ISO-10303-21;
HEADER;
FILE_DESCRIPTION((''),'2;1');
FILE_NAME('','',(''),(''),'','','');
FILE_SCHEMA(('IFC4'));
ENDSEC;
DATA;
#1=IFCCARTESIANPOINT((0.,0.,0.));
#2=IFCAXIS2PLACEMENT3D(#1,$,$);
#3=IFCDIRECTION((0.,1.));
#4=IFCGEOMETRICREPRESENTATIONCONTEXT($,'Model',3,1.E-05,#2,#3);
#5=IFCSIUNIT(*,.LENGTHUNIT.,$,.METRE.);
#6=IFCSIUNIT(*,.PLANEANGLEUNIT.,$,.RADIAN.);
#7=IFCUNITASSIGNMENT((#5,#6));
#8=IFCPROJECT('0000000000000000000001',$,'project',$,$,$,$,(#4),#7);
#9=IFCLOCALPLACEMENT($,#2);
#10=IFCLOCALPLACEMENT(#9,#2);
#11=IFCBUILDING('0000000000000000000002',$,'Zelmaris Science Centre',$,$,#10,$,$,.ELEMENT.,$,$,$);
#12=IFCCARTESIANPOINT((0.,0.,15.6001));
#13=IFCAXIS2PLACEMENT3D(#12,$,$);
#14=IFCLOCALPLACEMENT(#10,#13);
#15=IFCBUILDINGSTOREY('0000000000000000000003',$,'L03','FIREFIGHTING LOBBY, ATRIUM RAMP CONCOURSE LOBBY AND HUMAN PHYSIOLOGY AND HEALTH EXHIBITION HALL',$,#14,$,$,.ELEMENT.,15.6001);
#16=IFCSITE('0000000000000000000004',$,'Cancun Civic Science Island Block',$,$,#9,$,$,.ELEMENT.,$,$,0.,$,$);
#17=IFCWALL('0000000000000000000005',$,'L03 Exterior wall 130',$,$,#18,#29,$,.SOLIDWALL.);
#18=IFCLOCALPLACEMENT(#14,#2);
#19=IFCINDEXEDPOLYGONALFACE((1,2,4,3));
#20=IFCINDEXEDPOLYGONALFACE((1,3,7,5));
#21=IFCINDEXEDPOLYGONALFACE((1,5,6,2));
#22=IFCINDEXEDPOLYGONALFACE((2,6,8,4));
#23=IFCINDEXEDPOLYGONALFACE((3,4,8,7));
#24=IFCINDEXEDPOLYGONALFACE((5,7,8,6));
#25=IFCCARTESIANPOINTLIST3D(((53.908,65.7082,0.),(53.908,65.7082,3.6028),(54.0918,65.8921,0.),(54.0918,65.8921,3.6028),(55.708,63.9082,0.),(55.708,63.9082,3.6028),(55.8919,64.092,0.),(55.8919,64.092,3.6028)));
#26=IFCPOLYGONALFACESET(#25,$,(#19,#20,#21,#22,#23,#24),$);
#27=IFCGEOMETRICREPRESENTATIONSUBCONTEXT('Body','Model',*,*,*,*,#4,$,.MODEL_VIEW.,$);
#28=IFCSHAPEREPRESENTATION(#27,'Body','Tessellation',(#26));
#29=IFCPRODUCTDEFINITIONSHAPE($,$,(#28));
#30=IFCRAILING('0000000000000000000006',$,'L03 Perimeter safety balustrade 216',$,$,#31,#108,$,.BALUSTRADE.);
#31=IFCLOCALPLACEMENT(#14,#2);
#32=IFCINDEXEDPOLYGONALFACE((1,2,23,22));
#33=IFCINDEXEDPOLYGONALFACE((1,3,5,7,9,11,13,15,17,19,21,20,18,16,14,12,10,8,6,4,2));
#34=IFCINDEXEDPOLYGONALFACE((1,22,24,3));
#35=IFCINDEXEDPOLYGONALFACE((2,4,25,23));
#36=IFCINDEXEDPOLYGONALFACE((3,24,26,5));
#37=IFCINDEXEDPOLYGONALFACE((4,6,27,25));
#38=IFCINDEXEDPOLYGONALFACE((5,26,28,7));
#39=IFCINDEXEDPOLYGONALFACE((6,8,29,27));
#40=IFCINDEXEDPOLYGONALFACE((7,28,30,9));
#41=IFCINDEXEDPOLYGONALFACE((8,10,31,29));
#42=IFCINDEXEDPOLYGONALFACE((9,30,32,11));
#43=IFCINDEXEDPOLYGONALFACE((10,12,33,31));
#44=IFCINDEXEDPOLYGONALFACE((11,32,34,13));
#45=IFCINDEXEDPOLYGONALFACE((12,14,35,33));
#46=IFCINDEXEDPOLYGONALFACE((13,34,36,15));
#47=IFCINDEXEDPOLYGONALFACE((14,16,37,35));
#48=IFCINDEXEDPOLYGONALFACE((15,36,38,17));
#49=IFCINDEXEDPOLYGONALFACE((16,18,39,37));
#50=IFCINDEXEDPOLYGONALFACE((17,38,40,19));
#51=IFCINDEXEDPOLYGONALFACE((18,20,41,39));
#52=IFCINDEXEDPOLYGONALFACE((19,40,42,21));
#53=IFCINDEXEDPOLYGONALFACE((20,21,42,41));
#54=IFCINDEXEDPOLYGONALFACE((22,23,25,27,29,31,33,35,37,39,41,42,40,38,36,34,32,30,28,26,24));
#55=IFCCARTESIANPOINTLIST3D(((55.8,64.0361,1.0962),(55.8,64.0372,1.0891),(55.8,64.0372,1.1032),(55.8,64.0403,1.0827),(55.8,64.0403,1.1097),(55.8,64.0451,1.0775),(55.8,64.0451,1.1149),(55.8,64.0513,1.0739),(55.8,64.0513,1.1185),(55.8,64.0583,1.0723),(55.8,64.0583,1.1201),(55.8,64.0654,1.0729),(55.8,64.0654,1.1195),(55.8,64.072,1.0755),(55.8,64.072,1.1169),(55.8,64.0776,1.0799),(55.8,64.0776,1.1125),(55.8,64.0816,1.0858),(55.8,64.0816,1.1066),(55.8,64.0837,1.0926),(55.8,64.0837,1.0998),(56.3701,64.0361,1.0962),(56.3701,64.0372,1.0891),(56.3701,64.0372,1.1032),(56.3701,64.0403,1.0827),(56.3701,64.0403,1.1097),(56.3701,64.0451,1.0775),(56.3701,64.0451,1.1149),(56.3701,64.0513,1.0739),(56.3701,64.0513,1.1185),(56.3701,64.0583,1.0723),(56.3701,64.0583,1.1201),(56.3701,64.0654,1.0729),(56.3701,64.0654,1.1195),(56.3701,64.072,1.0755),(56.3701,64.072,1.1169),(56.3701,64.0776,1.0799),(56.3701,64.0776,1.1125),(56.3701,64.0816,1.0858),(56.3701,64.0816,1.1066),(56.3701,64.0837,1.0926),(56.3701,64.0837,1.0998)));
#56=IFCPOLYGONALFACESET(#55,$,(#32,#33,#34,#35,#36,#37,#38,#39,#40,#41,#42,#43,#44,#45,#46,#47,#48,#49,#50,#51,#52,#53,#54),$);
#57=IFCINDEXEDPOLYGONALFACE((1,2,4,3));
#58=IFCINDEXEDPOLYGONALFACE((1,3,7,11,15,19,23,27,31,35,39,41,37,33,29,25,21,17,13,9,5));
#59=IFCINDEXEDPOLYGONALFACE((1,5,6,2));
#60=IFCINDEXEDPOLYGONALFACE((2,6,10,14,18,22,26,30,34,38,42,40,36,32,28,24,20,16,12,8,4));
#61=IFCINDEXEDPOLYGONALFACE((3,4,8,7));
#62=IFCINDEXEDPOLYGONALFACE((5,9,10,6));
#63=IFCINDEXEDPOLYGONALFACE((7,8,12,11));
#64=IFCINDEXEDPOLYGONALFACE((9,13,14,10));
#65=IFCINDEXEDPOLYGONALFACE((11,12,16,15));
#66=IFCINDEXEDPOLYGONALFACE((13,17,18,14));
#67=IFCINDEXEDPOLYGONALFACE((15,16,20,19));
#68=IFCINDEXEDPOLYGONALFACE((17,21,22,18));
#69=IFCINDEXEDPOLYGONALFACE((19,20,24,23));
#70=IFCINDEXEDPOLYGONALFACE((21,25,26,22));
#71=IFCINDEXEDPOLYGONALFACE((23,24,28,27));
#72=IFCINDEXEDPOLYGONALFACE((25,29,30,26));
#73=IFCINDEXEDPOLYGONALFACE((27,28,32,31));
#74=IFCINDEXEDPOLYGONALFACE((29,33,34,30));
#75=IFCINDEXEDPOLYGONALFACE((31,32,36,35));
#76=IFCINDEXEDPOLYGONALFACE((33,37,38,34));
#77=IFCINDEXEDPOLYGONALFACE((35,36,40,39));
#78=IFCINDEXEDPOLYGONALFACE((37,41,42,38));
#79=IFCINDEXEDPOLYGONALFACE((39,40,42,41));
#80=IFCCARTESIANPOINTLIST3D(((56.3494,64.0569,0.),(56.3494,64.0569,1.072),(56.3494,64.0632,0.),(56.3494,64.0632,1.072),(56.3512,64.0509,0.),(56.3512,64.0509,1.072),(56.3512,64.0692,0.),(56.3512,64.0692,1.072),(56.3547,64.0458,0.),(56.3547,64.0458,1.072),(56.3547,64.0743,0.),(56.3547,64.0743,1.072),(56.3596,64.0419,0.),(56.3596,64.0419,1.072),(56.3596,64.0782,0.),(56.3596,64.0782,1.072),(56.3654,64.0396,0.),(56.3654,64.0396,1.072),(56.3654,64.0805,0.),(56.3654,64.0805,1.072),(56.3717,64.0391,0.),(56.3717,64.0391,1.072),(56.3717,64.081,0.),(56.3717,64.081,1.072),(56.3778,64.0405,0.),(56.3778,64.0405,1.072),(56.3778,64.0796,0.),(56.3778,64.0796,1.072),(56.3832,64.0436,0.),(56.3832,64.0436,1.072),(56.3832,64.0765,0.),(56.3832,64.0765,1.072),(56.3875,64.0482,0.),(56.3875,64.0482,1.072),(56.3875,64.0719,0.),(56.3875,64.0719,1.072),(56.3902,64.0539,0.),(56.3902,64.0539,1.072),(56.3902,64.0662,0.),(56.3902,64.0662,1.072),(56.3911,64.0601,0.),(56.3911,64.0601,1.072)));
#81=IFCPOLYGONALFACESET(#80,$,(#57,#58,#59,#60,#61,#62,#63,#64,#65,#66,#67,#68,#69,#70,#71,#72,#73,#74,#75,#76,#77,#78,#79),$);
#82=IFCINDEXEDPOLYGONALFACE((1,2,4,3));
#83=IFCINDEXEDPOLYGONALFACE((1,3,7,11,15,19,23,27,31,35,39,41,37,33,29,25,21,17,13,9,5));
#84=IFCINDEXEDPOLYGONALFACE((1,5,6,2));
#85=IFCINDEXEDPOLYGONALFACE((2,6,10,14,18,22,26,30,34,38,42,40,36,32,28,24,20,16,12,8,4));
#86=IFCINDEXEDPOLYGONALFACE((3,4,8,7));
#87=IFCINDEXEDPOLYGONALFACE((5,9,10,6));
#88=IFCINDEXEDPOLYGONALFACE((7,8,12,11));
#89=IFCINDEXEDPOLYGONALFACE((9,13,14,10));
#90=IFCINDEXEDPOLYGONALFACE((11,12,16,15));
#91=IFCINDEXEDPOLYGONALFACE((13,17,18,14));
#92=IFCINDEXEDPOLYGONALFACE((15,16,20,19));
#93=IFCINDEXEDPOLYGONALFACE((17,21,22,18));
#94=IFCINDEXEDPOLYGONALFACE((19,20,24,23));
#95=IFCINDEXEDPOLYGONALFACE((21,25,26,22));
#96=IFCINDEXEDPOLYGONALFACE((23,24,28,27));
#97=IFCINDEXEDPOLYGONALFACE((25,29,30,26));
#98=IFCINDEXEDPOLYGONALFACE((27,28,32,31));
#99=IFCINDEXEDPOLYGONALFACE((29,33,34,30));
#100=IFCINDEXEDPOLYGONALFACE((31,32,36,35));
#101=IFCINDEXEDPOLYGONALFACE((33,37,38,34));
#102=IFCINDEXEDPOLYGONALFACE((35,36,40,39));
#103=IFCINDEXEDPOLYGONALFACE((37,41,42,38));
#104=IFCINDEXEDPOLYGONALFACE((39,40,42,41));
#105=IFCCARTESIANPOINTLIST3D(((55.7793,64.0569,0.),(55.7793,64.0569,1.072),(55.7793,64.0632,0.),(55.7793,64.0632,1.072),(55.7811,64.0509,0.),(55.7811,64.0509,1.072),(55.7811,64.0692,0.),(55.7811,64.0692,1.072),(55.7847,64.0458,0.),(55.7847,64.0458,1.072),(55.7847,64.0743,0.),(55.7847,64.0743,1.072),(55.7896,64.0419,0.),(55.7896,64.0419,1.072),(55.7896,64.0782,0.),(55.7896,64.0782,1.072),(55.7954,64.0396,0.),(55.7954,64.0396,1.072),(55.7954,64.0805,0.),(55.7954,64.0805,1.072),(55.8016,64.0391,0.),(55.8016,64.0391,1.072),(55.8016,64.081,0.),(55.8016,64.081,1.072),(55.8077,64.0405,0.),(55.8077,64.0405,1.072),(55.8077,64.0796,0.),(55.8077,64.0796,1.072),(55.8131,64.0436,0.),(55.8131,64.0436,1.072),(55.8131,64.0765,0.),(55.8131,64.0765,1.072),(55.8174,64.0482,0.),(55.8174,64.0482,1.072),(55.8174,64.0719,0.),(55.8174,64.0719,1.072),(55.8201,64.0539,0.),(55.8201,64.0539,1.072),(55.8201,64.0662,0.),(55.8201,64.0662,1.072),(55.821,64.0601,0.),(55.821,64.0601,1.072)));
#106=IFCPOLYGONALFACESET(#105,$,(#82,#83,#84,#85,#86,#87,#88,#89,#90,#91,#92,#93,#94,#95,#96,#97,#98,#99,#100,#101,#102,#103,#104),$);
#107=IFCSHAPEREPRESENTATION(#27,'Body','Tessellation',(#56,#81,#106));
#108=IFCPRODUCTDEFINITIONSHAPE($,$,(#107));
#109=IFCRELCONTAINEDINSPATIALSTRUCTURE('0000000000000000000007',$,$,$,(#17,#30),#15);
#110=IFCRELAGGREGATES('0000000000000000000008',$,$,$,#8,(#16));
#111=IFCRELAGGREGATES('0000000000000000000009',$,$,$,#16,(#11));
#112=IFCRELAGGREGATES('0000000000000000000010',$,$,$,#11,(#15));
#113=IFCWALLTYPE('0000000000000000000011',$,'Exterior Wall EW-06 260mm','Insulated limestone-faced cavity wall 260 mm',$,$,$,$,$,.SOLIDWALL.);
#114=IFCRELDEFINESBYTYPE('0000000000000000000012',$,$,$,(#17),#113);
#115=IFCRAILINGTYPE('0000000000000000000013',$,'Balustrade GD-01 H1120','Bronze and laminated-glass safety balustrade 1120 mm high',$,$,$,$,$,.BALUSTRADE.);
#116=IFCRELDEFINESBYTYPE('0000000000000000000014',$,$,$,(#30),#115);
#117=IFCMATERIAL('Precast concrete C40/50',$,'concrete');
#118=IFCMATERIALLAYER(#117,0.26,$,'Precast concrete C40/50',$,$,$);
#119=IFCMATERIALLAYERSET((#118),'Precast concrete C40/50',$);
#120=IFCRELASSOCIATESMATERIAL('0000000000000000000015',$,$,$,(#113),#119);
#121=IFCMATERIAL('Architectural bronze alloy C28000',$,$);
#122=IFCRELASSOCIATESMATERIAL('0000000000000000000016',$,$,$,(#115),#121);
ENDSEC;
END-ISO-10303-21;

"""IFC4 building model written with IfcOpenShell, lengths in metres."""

from ifc_helpers import new_model, si_unit, direction, frame, frame_2d, origin, origin_2d, place, context, subcontext, project, spatial, rectangle, circle, extrude, material, layer, layer_set, type_object, element, save


model = new_model("IFC4")

# Units and contexts
model_context = context("Model", 3, precision=1e-05, world=origin(), true_north=direction((0.0, 1.0)))
body_context = subcontext(model_context, "Body", "Model", "MODEL_VIEW")
ifc_project = project(units=[si_unit("LENGTHUNIT", "METRE"), si_unit("PLANEANGLEUNIT", "RADIAN")], contexts=[model_context])

# Site, building, storey
site_placement = place(None, origin())
site = spatial("IfcSite", under=ifc_project, at=site_placement, Name="Cancun Civic Science Island Block", CompositionType="ELEMENT", RefElevation=0.0)
building_placement = place(site_placement, origin())
building = spatial("IfcBuilding", under=site, at=building_placement, Name="Zelmaris Science Centre", CompositionType="ELEMENT")
storey_placement = place(building_placement, frame((0.0, 0.0, 15.6001)))
storey = spatial("IfcBuildingStorey", under=building, at=storey_placement, Name="L03", Description="FIREFIGHTING LOBBY, ATRIUM RAMP CONCOURSE LOBBY AND HUMAN PHYSIOLOGY AND HEALTH EXHIBITION HALL", CompositionType="ELEMENT", Elevation=15.6001)

# Wall
ifc_material_1 = material(Name="Precast concrete C40/50", Category="concrete")
ifc_layer_1 = layer(ifc_material_1, 0.26, Name="Precast concrete C40/50")
ifc_layer_set_1 = layer_set([ifc_layer_1], Name="Precast concrete C40/50")
wall_type = type_object("IfcWallType", Name="Exterior Wall EW-06 260mm", Description="Insulated limestone-faced cavity wall 260 mm", PredefinedType="SOLIDWALL", material=ifc_layer_set_1)
wall_placement = place(storey_placement, frame((55.8, 64.0, 0.0), z_axis=(0.0, 0.0, 1.0), x_axis=(-0.707107, 0.707107, 0.0)))
element("IfcWall", 1, at=wall_placement, inside=storey, type_object=wall_type, Name="L03 Exterior wall 130", PredefinedType="SOLIDWALL", context=body_context, shape_type="SweptSolid", body=[
    extrude(rectangle(XDim=2.5457, YDim=0.26, at=frame_2d((1.2729, 0.0))), origin(), (0.0, 0.0, 1.0), 3.6028),
])

# Railing
ifc_material_2 = material(Name="Architectural bronze alloy C28000")
railing_type = type_object("IfcRailingType", Name="Balustrade GD-01 H1120", Description="Bronze and laminated-glass safety balustrade 1120 mm high", PredefinedType="BALUSTRADE", material=ifc_material_2)
railing_placement = place(storey_placement, frame((56.3701, 64.0601, 0.0)))
element("IfcRailing", 2, at=railing_placement, inside=storey, type_object=railing_type, Name="L03 Perimeter safety balustrade 216", PredefinedType="BALUSTRADE", context=body_context, shape_type="SweptSolid", body=[
    extrude(circle(Radius=0.0239, at=origin_2d()), frame((0.0, 0.0, 1.0962), z_axis=(-1.0, 0.0, 0.0), x_axis=(0.0, -1.0, 0.0)), (0.0, 0.0, 1.0), 0.5701),
    extrude(circle(Radius=0.021, at=origin_2d()), origin(), (0.0, 0.0, 1.0), 1.072),
    extrude(circle(Radius=0.021, at=origin_2d()), frame((-0.5701, 0.0, 0.0)), (0.0, 0.0, 1.0), 1.072),
])

save(model, "model.ifc")
